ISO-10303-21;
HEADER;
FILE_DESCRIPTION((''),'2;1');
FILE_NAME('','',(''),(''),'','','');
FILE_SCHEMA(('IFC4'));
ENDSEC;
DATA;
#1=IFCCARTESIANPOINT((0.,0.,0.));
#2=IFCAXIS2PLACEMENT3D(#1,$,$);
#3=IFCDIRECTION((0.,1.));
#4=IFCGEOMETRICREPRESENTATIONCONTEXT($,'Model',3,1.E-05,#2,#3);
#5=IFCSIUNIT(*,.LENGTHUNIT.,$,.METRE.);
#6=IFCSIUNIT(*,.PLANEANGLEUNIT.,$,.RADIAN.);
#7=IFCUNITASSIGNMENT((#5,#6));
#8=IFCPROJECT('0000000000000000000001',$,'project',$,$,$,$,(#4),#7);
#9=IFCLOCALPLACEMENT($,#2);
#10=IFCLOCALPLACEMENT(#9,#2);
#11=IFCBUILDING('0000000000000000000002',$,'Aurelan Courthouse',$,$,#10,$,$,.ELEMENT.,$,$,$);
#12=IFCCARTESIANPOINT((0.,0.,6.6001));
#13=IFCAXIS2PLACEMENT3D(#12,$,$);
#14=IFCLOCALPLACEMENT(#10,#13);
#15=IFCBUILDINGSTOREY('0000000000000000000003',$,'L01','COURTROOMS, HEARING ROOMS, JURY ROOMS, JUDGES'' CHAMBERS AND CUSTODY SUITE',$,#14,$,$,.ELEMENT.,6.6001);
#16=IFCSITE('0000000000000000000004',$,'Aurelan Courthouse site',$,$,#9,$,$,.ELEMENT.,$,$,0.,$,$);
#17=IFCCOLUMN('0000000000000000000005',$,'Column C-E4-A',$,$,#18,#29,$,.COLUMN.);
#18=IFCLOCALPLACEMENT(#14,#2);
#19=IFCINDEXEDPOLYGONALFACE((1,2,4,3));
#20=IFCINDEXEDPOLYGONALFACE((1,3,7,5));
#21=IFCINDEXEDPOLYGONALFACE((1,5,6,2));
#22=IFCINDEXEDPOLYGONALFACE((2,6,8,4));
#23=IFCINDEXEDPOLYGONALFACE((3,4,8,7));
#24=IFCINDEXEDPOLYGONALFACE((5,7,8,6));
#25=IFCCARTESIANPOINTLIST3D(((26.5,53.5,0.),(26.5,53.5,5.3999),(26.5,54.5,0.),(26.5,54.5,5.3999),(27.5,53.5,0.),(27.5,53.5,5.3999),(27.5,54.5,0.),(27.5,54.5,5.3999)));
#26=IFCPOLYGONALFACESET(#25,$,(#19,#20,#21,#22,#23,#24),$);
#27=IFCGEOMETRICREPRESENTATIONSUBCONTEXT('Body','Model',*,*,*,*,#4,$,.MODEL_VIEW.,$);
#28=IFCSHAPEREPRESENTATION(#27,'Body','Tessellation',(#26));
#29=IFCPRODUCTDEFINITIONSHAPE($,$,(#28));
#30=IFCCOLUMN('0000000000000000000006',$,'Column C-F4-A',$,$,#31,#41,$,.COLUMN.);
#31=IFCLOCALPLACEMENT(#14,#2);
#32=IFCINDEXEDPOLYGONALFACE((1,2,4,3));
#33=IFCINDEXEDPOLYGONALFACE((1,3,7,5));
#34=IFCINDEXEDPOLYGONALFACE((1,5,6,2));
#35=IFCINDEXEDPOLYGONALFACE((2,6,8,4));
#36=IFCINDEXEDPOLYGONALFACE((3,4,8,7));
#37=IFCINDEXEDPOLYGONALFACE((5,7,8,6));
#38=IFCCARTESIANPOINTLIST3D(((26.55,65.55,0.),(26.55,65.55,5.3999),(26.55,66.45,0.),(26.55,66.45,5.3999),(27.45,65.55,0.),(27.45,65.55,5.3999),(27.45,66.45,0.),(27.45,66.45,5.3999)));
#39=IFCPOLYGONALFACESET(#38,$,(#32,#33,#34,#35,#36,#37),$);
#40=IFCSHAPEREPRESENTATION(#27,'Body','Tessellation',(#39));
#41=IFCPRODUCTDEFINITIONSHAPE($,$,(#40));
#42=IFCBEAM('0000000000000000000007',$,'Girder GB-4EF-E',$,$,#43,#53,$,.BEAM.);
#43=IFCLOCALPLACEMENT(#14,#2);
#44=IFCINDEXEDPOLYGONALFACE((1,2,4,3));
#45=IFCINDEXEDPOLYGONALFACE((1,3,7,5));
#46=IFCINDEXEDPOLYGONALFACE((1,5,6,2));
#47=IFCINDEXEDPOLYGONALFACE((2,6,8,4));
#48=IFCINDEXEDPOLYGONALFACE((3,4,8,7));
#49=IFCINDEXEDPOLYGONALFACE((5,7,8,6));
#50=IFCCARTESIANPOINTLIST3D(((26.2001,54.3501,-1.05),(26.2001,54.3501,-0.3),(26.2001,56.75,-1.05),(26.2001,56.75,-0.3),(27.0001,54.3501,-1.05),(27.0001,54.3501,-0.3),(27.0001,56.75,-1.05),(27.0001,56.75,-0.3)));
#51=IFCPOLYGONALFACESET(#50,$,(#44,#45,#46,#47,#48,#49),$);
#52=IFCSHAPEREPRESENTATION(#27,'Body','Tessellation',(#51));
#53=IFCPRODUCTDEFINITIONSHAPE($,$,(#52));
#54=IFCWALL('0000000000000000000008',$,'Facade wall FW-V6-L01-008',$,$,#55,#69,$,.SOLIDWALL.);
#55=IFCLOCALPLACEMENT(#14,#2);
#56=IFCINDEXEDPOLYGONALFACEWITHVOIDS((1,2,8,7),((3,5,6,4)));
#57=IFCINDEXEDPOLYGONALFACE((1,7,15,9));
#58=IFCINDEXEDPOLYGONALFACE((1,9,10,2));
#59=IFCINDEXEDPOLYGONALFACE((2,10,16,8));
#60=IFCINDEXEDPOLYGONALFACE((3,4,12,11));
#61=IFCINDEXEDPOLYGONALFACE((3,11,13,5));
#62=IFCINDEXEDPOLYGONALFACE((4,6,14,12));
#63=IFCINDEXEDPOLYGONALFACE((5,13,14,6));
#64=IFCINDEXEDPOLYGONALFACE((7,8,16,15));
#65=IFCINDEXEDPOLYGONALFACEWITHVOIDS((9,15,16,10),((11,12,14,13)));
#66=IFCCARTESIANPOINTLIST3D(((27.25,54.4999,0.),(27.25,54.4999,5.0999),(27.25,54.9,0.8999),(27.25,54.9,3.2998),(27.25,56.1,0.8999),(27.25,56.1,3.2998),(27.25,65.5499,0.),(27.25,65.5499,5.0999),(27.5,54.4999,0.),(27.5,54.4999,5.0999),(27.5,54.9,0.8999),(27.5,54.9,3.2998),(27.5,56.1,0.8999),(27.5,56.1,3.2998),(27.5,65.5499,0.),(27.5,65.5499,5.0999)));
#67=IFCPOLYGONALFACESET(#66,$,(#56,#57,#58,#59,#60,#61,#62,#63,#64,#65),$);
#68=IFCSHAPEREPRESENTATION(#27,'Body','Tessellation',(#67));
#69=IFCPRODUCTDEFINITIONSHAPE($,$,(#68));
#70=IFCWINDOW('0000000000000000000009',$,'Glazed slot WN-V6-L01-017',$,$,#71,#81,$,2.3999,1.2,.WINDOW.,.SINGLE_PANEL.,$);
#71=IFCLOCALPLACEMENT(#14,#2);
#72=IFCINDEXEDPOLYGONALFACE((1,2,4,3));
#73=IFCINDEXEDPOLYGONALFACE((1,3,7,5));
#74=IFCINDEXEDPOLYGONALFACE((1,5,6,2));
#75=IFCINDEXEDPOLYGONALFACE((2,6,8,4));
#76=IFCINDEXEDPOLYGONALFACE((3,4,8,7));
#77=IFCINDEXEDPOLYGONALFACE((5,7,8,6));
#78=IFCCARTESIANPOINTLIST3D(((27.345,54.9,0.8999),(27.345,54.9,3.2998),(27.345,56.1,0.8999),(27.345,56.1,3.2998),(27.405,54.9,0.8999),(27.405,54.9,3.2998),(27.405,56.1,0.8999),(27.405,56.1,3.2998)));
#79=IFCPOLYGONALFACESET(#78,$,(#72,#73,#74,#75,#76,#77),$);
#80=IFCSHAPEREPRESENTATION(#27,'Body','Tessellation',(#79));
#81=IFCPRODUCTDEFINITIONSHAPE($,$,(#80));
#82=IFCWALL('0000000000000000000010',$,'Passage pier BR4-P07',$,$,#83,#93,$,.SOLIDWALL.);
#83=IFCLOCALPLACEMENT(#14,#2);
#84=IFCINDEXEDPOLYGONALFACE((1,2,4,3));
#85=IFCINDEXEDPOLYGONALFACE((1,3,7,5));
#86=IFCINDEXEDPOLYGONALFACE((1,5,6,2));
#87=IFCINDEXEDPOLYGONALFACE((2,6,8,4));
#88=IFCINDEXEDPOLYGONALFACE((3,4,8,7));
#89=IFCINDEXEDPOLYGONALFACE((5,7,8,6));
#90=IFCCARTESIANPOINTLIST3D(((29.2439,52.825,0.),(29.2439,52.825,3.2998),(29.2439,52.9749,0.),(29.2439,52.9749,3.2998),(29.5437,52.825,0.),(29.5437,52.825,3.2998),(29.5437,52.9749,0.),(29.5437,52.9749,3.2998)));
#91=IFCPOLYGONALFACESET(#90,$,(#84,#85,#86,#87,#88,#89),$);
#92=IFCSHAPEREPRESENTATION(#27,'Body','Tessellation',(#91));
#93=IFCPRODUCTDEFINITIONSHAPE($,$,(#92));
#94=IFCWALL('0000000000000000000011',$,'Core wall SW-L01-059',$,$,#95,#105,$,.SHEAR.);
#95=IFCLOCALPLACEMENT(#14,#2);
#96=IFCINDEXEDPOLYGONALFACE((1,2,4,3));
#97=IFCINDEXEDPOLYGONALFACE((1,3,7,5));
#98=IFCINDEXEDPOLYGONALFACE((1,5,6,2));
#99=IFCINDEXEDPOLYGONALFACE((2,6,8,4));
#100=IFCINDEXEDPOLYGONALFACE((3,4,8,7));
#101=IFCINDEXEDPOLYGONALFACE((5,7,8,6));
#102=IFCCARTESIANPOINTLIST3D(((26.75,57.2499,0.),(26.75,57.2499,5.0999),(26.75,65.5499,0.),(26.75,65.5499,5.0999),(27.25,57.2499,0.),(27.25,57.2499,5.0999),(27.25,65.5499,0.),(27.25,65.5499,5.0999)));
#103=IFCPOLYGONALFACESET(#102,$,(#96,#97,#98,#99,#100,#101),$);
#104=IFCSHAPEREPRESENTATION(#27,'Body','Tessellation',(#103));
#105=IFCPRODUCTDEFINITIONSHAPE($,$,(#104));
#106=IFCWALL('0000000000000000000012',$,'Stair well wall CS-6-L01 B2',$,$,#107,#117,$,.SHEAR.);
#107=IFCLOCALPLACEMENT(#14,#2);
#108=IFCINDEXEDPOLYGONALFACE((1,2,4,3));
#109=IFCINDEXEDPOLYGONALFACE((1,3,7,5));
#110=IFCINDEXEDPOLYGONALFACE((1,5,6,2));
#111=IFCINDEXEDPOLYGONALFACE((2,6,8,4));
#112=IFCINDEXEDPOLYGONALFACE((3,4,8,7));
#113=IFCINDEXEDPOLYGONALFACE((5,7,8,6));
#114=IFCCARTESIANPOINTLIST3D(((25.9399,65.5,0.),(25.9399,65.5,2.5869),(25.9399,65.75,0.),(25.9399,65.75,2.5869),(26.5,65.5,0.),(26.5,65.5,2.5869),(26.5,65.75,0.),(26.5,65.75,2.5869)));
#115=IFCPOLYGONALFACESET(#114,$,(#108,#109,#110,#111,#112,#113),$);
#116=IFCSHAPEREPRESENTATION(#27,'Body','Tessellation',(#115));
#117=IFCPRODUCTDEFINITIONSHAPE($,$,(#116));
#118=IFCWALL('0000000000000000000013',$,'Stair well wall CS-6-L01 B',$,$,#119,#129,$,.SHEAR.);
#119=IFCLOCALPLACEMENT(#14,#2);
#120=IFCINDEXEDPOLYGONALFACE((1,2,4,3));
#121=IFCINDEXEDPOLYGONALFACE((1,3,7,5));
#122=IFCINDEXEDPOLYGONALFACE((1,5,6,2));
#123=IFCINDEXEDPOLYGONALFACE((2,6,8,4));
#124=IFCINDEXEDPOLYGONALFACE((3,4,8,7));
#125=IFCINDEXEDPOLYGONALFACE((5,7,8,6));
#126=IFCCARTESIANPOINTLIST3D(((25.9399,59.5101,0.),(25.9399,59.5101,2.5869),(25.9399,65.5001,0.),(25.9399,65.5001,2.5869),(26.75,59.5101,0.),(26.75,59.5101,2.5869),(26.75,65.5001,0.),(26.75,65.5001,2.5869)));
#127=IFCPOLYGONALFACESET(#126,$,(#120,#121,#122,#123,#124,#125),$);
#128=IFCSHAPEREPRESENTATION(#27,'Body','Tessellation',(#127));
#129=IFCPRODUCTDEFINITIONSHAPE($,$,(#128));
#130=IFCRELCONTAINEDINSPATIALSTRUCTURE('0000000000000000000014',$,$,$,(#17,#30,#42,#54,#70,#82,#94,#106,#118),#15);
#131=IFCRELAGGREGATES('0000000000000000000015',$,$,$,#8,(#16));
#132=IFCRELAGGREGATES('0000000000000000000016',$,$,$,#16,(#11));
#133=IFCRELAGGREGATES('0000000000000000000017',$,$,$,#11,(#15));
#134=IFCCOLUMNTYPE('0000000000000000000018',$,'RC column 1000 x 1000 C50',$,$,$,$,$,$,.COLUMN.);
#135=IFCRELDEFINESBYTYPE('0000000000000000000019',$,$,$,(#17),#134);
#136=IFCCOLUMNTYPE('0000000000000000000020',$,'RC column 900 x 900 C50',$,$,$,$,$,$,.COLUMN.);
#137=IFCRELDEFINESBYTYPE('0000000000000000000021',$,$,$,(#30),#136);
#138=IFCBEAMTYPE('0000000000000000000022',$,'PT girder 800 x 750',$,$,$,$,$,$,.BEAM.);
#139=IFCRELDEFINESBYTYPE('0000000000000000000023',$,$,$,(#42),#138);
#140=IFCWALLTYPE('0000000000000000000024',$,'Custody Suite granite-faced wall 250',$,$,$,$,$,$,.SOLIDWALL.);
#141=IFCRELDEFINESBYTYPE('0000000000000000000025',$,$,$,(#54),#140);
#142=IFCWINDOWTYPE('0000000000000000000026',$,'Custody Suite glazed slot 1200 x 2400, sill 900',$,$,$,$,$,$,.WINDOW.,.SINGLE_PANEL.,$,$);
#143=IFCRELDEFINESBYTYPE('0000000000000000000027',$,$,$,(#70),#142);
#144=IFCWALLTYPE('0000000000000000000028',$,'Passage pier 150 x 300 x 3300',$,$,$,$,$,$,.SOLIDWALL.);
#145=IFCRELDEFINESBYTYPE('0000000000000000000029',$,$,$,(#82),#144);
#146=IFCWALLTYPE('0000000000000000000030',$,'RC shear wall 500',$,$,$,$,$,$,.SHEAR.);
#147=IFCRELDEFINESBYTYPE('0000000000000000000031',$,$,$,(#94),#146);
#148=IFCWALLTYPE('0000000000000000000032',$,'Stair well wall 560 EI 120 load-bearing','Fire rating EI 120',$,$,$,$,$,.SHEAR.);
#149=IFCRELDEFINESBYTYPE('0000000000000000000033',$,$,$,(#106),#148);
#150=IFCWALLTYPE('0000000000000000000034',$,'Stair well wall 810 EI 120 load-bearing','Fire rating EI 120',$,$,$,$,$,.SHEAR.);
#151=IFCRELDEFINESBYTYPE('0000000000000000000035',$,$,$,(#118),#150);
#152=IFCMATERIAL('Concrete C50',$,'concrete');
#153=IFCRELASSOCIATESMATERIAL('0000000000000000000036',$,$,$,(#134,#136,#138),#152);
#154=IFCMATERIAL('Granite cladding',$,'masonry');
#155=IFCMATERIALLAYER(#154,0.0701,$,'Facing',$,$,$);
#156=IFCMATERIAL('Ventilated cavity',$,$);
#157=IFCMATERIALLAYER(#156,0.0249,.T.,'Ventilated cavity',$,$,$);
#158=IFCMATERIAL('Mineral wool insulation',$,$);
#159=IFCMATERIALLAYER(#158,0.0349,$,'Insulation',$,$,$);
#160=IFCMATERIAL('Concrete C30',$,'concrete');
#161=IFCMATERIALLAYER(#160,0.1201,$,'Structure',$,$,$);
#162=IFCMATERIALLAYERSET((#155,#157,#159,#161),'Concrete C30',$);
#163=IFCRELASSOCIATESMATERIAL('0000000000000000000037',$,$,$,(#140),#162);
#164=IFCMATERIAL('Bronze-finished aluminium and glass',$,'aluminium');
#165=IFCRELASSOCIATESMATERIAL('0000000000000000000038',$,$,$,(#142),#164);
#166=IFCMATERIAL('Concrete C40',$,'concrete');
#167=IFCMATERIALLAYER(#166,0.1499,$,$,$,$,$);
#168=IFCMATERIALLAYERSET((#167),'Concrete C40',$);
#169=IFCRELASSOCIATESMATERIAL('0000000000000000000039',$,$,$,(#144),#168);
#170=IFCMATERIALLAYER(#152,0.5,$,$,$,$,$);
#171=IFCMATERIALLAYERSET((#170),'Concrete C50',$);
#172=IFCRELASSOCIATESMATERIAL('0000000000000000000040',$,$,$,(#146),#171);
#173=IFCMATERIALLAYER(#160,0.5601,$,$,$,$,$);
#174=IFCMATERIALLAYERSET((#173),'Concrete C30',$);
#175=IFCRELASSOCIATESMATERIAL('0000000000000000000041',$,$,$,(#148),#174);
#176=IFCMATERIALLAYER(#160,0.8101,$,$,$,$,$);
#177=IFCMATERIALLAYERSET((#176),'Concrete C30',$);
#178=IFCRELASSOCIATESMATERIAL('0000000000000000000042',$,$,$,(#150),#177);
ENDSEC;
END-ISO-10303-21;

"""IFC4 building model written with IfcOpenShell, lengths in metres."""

from ifc_helpers import new_model, si_unit, direction, frame, frame_2d, origin, origin_2d, place, context, subcontext, project, spatial, rectangle, extrude, material, layer, layer_set, material_profile, profile_set, type_object, element, fill, save


model = new_model("IFC4")

# Units and contexts
model_context = context("Model", 3, precision=1e-05, world=origin(), true_north=direction((0.0, 1.0)))
body_context = subcontext(model_context, "Body", "Model", "MODEL_VIEW")
ifc_project = project(units=[si_unit("LENGTHUNIT", "METRE"), si_unit("PLANEANGLEUNIT", "RADIAN")], contexts=[model_context])

# Site, building, storey
site_placement = place(None, origin())
site = spatial("IfcSite", under=ifc_project, at=site_placement, Name="Aurelan Courthouse site", CompositionType="ELEMENT", RefElevation=0.0)
building_placement = place(site_placement, origin())
building = spatial("IfcBuilding", under=site, at=building_placement, Name="Aurelan Courthouse", CompositionType="ELEMENT")
storey_placement = place(building_placement, frame((0.0, 0.0, 6.6001)))
storey = spatial("IfcBuildingStorey", under=building, at=storey_placement, Name="L01", Description="COURTROOMS, HEARING ROOMS, JURY ROOMS, JUDGES' CHAMBERS AND CUSTODY SUITE", CompositionType="ELEMENT", Elevation=6.6001)

# Columns
ifc_material_1 = material(Name="Concrete C50", Category="concrete")
ifc_material_profile_1 = material_profile(ifc_material_1, rectangle(XDim=1.0, YDim=1.0, at=origin_2d()), Name="RC 1000 x 1000")
ifc_profile_set_1 = profile_set([ifc_material_profile_1], Name="Concrete C50")
column_type_1 = type_object("IfcColumnType", Name="RC column 1000 x 1000 C50", PredefinedType="COLUMN", material=ifc_profile_set_1)
column_1_placement = place(storey_placement, frame((27.0, 54.0, 0.0), z_axis=(0.0, 0.0, 1.0), x_axis=(1.0, 0.0, 0.0)))
element("IfcColumn", 1, at=column_1_placement, inside=storey, type_object=column_type_1, Name="Column C-E4-A", PredefinedType="COLUMN", context=body_context, shape_type="SweptSolid", body=[
    extrude(rectangle(XDim=1.0, YDim=1.0, at=origin_2d()), origin(), (0.0, 0.0, 1.0), 5.3999),
])
ifc_material_profile_2 = material_profile(ifc_material_1, rectangle(XDim=0.8999, YDim=0.8999, at=origin_2d()), Name="RC 900 x 900")
ifc_profile_set_2 = profile_set([ifc_material_profile_2], Name="Concrete C50")
column_type_2 = type_object("IfcColumnType", Name="RC column 900 x 900 C50", PredefinedType="COLUMN", material=ifc_profile_set_2)
column_2_placement = place(storey_placement, frame((27.0, 66.0, 0.0), z_axis=(0.0, 0.0, 1.0), x_axis=(1.0, 0.0, 0.0)))
element("IfcColumn", 2, at=column_2_placement, inside=storey, type_object=column_type_2, Name="Column C-F4-A", PredefinedType="COLUMN", context=body_context, shape_type="SweptSolid", body=[
    extrude(rectangle(XDim=0.8999, YDim=0.8999, at=origin_2d()), origin(), (0.0, 0.0, 1.0), 5.3999),
])

# Beam
ifc_material_profile_3 = material_profile(ifc_material_1, rectangle(XDim=0.8, YDim=0.75, at=origin_2d()), Name="RC 800 x 750")
ifc_profile_set_3 = profile_set([ifc_material_profile_3], Name="Concrete C50")
beam_type = type_object("IfcBeamType", Name="PT girder 800 x 750", PredefinedType="BEAM", material=ifc_profile_set_3)
beam_placement = place(storey_placement, frame((26.6001, 54.3501, -0.675), z_axis=(0.0, 1.0, 0.0), x_axis=(-1.0, 0.0, 0.0)))
element("IfcBeam", 3, at=beam_placement, inside=storey, type_object=beam_type, Name="Girder GB-4EF-E", PredefinedType="BEAM", context=body_context, shape_type="SweptSolid", body=[
    extrude(rectangle(XDim=0.8, YDim=0.75, at=origin_2d()), origin(), (0.0, 0.0, 1.0), 2.3999),
])

# Wall, opening, window
ifc_material_2 = material(Name="Granite cladding", Category="masonry")
ifc_layer_1 = layer(ifc_material_2, 0.0701, Name="Facing")
ifc_material_3 = material(Name="Ventilated cavity")
ifc_layer_2 = layer(ifc_material_3, 0.0249, ventilated=True, Name="Ventilated cavity")
ifc_material_4 = material(Name="Mineral wool insulation")
ifc_layer_3 = layer(ifc_material_4, 0.0349, Name="Insulation")
ifc_material_5 = material(Name="Concrete C30", Category="concrete")
ifc_layer_4 = layer(ifc_material_5, 0.1201, Name="Structure")
ifc_layer_set_1 = layer_set([ifc_layer_1, ifc_layer_2, ifc_layer_3, ifc_layer_4], Name="Concrete C30")
wall_type_1 = type_object("IfcWallType", Name="Custody Suite granite-faced wall 250", PredefinedType="SOLIDWALL", material=ifc_layer_set_1)
wall_1_placement = place(storey_placement, frame((27.375, 54.5, 0.0), z_axis=(0.0, 0.0, 1.0), x_axis=(0.0, 1.0, 0.0)))
wall_1 = element("IfcWall", 4, at=wall_1_placement, inside=storey, type_object=wall_type_1, Name="Facade wall FW-V6-L01-008", PredefinedType="SOLIDWALL", context=body_context, shape_type="SweptSolid", body=[
    extrude(rectangle(XDim=11.05, YDim=0.25, at=frame_2d((5.5249, 0.0))), origin(), (0.0, 0.0, 1.0), 5.0999),
])
opening_placement = place(wall_1_placement, frame((0.3999, 0.0, 0.8999)))
opening = element("IfcOpeningElement", 5, at=opening_placement, cuts=wall_1, PredefinedType="OPENING", context=body_context, shape_type="SweptSolid", body=[
    extrude(rectangle(XDim=1.2, YDim=2.3999, at=frame_2d((0.6001, 1.2))), frame((0.0, 0.135, 0.0), z_axis=(0.0, -1.0, 0.0), x_axis=(1.0, 0.0, 0.0)), (0.0, 0.0, 1.0), 0.27),
])
ifc_material_6 = material(Name="Bronze-finished aluminium and glass", Category="aluminium")
window_type = type_object("IfcWindowType", Name="Custody Suite glazed slot 1200 x 2400, sill 900", PartitioningType="SINGLE_PANEL", PredefinedType="WINDOW", material=ifc_material_6)
window_placement = place(opening_placement, origin())
window = element("IfcWindow", 6, at=window_placement, inside=storey, type_object=window_type, Name="Glazed slot WN-V6-L01-017", OverallHeight=2.3999, OverallWidth=1.2, PartitioningType="SINGLE_PANEL", PredefinedType="WINDOW", context=body_context, shape_type="SweptSolid", body=[
    extrude(rectangle(XDim=1.2, YDim=2.3999, at=frame_2d((0.6001, 1.2))), frame((0.0, 0.03, 0.0), z_axis=(0.0, -1.0, 0.0), x_axis=(1.0, 0.0, 0.0)), (0.0, 0.0, 1.0), 0.0601),
])
fill(opening, window)

# Walls
ifc_material_7 = material(Name="Concrete C40", Category="concrete")
ifc_layer_5 = layer(ifc_material_7, 0.1499)
ifc_layer_set_2 = layer_set([ifc_layer_5], Name="Concrete C40")
wall_type_2 = type_object("IfcWallType", Name="Passage pier 150 x 300 x 3300", PredefinedType="SOLIDWALL", material=ifc_layer_set_2)
wall_2_placement = place(storey_placement, frame((29.2439, 52.8999, 0.0), z_axis=(0.0, 0.0, 1.0), x_axis=(1.0, 0.0, 0.0)))
element("IfcWall", 7, at=wall_2_placement, inside=storey, type_object=wall_type_2, Name="Passage pier BR4-P07", PredefinedType="SOLIDWALL", context=body_context, shape_type="SweptSolid", body=[
    extrude(rectangle(XDim=0.2998, YDim=0.1499, at=frame_2d((0.1499, 0.0))), origin(), (0.0, 0.0, 1.0), 3.2998),
])
ifc_layer_6 = layer(ifc_material_1, 0.5)
ifc_layer_set_3 = layer_set([ifc_layer_6], Name="Concrete C50")
wall_type_3 = type_object("IfcWallType", Name="RC shear wall 500", PredefinedType="SHEAR", material=ifc_layer_set_3)
wall_3_placement = place(storey_placement, frame((27.0, 57.25, 0.0), z_axis=(0.0, 0.0, 1.0), x_axis=(0.0, 1.0, 0.0)))
element("IfcWall", 8, at=wall_3_placement, inside=storey, type_object=wall_type_3, Name="Core wall SW-L01-059", PredefinedType="SHEAR", context=body_context, shape_type="SweptSolid", body=[
    extrude(rectangle(XDim=8.3, YDim=0.5, at=frame_2d((4.1499, 0.0))), origin(), (0.0, 0.0, 1.0), 5.0999),
])
ifc_layer_7 = layer(ifc_material_5, 0.5601)
ifc_layer_set_4 = layer_set([ifc_layer_7], Name="Concrete C30")
wall_type_4 = type_object("IfcWallType", Name="Stair well wall 560 EI 120 load-bearing", Description="Fire rating EI 120", PredefinedType="SHEAR", material=ifc_layer_set_4)
wall_4_placement = place(storey_placement, frame((26.22, 65.5, 0.0), z_axis=(0.0, 0.0, 1.0), x_axis=(0.0, 1.0, 0.0)))
element("IfcWall", 9, at=wall_4_placement, inside=storey, type_object=wall_type_4, Name="Stair well wall CS-6-L01 B2", PredefinedType="SHEAR", context=body_context, shape_type="SweptSolid", body=[
    extrude(rectangle(XDim=0.25, YDim=0.5601, at=frame_2d((0.125, 0.0))), origin(), (0.0, 0.0, 1.0), 2.5869),
])
ifc_layer_8 = layer(ifc_material_5, 0.8101)
ifc_layer_set_5 = layer_set([ifc_layer_8], Name="Concrete C30")
wall_type_5 = type_object("IfcWallType", Name="Stair well wall 810 EI 120 load-bearing", Description="Fire rating EI 120", PredefinedType="SHEAR", material=ifc_layer_set_5)
wall_5_placement = place(storey_placement, frame((26.345, 59.51, 0.0), z_axis=(0.0, 0.0, 1.0), x_axis=(0.0, 1.0, 0.0)))
element("IfcWall", 10, at=wall_5_placement, inside=storey, type_object=wall_type_5, Name="Stair well wall CS-6-L01 B", PredefinedType="SHEAR", context=body_context, shape_type="SweptSolid", body=[
    extrude(rectangle(XDim=5.99, YDim=0.8101, at=frame_2d((2.9951, 0.0))), origin(), (0.0, 0.0, 1.0), 2.5869),
])

save(model, "model.ifc")
